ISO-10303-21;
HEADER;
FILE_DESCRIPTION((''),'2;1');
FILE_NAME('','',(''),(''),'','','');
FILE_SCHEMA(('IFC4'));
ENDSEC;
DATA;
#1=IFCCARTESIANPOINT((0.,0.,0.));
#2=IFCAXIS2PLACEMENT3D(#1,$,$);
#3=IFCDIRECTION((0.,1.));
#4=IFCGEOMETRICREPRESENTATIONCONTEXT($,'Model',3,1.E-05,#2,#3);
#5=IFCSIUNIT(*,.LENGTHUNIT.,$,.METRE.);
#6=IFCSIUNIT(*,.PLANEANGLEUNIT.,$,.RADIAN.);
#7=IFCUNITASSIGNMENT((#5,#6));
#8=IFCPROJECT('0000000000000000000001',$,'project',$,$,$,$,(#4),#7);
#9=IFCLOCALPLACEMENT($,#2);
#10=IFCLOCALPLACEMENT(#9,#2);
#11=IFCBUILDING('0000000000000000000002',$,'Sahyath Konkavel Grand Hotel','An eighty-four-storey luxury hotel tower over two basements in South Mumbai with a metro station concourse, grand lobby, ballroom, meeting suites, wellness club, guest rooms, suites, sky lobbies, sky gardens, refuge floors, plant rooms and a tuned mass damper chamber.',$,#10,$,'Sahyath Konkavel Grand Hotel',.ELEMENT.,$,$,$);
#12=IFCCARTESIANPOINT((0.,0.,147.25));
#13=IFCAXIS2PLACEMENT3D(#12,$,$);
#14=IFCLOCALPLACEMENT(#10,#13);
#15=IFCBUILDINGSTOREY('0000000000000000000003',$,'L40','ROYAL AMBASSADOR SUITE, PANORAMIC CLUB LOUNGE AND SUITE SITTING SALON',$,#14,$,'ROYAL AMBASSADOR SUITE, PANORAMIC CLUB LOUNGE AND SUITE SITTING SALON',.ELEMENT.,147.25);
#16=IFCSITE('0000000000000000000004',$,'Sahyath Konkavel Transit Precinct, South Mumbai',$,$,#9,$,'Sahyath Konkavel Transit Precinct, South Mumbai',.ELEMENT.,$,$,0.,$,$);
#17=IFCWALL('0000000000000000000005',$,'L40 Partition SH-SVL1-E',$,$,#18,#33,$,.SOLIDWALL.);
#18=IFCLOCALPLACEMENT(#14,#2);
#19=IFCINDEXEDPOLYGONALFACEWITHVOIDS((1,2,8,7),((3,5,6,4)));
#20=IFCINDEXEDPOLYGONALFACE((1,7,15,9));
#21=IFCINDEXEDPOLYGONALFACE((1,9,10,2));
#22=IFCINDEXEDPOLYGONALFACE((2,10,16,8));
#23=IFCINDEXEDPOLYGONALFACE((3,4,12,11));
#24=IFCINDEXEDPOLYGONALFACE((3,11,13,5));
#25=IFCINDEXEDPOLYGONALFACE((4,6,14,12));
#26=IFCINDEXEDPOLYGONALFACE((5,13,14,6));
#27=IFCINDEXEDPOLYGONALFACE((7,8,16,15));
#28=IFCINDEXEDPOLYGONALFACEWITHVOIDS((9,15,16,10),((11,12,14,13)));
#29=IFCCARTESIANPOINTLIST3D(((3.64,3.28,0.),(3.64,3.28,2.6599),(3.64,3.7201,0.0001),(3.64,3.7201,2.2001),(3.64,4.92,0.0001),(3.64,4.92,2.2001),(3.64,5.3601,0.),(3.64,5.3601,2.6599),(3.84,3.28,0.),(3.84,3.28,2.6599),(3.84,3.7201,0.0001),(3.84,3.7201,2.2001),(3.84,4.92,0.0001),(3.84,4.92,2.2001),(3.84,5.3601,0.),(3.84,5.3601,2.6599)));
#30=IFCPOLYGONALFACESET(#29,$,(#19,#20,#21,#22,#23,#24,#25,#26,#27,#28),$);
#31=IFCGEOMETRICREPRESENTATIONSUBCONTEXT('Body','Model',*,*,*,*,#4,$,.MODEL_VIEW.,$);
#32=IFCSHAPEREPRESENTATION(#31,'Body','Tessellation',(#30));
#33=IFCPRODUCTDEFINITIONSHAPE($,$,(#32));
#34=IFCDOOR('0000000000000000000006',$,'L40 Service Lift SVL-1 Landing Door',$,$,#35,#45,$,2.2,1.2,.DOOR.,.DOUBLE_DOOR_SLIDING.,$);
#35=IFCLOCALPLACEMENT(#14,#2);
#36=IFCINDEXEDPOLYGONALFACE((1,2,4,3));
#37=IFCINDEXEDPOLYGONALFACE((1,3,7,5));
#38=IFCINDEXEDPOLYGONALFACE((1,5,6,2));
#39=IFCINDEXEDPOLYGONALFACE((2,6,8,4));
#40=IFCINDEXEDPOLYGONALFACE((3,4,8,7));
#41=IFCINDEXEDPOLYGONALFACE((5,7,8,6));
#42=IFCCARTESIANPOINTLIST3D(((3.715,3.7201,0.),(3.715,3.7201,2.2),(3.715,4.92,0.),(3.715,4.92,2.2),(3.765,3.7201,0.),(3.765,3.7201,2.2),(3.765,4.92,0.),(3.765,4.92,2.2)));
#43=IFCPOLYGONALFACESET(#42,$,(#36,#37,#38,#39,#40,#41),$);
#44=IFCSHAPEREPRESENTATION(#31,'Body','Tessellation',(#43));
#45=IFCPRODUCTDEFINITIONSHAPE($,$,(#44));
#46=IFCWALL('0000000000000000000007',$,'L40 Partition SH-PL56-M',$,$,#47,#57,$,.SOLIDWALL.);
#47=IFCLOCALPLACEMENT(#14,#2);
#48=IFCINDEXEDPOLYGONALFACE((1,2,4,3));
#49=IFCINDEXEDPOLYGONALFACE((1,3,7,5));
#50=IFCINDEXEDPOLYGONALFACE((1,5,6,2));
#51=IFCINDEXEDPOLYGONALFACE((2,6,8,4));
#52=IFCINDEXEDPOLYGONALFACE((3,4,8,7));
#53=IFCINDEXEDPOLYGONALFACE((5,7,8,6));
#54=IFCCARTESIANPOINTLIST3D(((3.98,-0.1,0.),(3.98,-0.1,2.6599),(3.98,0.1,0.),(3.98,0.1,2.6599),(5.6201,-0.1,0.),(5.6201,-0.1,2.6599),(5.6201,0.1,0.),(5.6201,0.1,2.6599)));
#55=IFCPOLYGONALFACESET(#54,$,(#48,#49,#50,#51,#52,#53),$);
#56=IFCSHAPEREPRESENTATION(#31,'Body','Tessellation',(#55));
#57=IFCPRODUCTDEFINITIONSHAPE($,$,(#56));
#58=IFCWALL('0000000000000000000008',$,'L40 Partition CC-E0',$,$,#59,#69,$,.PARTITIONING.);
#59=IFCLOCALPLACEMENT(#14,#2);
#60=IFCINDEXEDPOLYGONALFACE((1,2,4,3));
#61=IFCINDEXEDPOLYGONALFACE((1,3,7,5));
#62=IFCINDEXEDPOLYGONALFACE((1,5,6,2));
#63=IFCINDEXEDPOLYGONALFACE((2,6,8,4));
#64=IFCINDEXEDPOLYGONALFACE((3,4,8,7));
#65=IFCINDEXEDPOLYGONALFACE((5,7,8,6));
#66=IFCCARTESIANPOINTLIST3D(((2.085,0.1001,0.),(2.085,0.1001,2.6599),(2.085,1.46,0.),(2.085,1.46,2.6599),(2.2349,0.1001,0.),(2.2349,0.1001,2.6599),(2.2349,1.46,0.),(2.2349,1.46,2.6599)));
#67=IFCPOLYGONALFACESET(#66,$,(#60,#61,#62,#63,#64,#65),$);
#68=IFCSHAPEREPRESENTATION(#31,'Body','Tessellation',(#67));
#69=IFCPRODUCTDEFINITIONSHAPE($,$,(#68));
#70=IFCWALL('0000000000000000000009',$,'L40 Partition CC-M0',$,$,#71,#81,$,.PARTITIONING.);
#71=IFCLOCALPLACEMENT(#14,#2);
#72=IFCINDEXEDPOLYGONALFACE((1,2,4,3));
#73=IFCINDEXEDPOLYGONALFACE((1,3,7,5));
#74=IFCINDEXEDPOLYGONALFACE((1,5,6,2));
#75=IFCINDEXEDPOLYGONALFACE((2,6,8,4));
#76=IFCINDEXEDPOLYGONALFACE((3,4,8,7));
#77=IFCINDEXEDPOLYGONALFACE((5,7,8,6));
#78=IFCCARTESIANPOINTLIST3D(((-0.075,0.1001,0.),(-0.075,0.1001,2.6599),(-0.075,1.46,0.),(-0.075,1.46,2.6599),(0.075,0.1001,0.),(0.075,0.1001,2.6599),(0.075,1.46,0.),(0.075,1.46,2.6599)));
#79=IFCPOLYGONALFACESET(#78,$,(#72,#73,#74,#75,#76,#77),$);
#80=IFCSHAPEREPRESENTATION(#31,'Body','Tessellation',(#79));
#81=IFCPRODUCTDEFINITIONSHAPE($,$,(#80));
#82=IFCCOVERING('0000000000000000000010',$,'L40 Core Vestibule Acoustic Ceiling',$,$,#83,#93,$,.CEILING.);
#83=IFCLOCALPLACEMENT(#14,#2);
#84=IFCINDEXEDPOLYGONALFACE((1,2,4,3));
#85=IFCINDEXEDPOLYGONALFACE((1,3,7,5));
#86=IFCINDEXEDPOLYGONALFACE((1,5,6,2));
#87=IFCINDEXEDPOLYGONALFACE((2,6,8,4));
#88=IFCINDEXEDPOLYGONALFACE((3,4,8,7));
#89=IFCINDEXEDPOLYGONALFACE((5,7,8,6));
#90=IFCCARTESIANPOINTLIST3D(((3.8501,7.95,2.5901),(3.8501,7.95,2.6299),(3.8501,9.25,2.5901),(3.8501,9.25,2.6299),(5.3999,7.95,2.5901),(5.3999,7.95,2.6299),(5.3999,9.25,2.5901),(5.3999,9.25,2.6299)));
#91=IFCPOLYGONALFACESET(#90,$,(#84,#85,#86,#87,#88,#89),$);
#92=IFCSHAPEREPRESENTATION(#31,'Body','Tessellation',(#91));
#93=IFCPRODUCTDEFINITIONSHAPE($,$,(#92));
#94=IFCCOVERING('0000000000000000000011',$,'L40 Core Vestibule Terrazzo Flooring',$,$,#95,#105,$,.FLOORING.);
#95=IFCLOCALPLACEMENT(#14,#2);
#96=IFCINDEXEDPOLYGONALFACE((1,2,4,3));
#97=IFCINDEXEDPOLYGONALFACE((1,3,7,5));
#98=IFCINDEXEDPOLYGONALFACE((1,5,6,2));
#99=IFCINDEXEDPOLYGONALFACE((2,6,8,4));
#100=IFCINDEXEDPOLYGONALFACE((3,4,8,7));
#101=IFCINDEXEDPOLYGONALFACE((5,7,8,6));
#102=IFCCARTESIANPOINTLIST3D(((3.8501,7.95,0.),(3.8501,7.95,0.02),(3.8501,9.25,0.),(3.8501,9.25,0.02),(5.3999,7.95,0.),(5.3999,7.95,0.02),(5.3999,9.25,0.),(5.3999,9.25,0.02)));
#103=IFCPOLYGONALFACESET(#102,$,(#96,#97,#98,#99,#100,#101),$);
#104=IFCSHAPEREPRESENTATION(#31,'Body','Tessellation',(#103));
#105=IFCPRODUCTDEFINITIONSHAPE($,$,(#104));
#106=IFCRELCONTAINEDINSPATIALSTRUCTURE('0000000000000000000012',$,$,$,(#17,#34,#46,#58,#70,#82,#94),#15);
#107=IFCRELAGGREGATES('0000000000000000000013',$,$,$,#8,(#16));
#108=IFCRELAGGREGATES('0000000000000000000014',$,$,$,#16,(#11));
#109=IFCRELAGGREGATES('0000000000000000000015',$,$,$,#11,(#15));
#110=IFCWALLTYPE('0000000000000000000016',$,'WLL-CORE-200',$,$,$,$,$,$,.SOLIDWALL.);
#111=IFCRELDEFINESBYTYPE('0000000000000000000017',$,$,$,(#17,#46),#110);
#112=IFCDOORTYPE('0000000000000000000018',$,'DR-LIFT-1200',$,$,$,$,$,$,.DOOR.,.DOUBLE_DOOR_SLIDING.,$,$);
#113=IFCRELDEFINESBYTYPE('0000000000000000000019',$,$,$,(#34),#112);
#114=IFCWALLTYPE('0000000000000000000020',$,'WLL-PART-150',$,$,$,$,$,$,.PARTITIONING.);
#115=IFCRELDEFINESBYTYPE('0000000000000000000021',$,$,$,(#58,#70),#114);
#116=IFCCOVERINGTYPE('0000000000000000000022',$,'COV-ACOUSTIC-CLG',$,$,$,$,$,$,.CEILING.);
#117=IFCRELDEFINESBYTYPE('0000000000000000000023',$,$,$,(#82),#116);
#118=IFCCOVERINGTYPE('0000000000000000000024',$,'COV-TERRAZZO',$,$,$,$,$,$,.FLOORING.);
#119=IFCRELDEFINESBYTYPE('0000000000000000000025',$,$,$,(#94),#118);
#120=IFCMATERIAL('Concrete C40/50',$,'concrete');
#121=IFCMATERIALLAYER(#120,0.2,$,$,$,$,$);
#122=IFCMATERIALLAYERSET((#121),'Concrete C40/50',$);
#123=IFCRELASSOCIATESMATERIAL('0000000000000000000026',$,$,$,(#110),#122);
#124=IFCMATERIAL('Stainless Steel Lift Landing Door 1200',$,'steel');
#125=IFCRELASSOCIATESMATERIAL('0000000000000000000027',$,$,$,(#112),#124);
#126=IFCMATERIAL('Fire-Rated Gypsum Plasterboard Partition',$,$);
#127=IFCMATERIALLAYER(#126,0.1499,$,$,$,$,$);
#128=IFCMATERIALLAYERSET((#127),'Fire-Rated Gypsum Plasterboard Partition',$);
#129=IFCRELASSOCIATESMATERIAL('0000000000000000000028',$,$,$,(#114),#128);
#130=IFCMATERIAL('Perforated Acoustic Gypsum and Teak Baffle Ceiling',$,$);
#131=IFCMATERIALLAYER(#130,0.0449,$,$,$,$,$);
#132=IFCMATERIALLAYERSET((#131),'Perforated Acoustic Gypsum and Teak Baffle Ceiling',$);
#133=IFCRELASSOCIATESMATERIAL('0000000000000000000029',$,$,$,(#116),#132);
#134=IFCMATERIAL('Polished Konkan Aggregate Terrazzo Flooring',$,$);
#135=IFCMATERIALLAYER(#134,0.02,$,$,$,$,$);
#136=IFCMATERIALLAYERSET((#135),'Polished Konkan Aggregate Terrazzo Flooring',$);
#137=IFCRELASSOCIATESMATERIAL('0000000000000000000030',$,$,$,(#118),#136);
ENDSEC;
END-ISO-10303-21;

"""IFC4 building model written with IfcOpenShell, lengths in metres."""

from ifc_helpers import new_model, si_unit, direction, frame, frame_2d, origin, origin_2d, place, context, subcontext, project, spatial, polyline, rectangle, outline, extrude, source, transform, mapped, material, layer, layer_set, type_object, element, fill, save


model = new_model("IFC4")

# Units and contexts
model_context = context("Model", 3, precision=1e-05, world=origin(), true_north=direction((0.0, 1.0)))
body_context = subcontext(model_context, "Body", "Model", "MODEL_VIEW")
ifc_project = project(units=[si_unit("LENGTHUNIT", "METRE"), si_unit("PLANEANGLEUNIT", "RADIAN")], contexts=[model_context])

# Site, building, storey
site_placement = place(None, origin())
site = spatial("IfcSite", under=ifc_project, at=site_placement, Name="Sahyath Konkavel Transit Precinct, South Mumbai", LongName="Sahyath Konkavel Transit Precinct, South Mumbai", CompositionType="ELEMENT", RefElevation=0.0)
building_placement = place(site_placement, origin())
building = spatial("IfcBuilding", under=site, at=building_placement, Name="Sahyath Konkavel Grand Hotel", Description="An eighty-four-storey luxury hotel tower over two basements in South Mumbai with a metro station concourse, grand lobby, ballroom, meeting suites, wellness club, guest rooms, suites, sky lobbies, sky gardens, refuge floors, plant rooms and a tuned mass damper chamber.", LongName="Sahyath Konkavel Grand Hotel", CompositionType="ELEMENT")
storey_placement = place(building_placement, frame((0.0, 0.0, 147.25)))
storey = spatial("IfcBuildingStorey", under=building, at=storey_placement, Name="L40", Description="ROYAL AMBASSADOR SUITE, PANORAMIC CLUB LOUNGE AND SUITE SITTING SALON", LongName="ROYAL AMBASSADOR SUITE, PANORAMIC CLUB LOUNGE AND SUITE SITTING SALON", CompositionType="ELEMENT", Elevation=147.25)

# Shared definitions
ifc_material_1 = material(Name="Concrete C40/50", Category="concrete")

# Shared definitions
ifc_layer_1 = layer(ifc_material_1, 0.2)
ifc_layer_set_1 = layer_set([ifc_layer_1], Name="Concrete C40/50")
wall_type_1 = type_object("IfcWallType", Name="WLL-CORE-200", PredefinedType="SOLIDWALL", material=ifc_layer_set_1)

# Wall, opening, door
wall_1_placement = place(storey_placement, frame((3.74, 3.28, 0.0), z_axis=(0.0, 0.0, 1.0), x_axis=(0.0, 1.0, 0.0)))
wall_1 = element("IfcWall", 1, at=wall_1_placement, inside=storey, type_object=wall_type_1, Name="L40 Partition SH-SVL1-E", PredefinedType="SOLIDWALL", context=body_context, shape_type="SweptSolid", body=[
    extrude(rectangle(XDim=2.0801, YDim=0.2, at=frame_2d((1.04, 0.0))), origin(), (0.0, 0.0, 1.0), 2.6599),
])
opening_1_placement = place(wall_1_placement, frame((0.4399, 0.0, 0.0)))
opening_1 = element("IfcOpeningElement", 2, at=opening_1_placement, cuts=wall_1, PredefinedType="OPENING", context=body_context, shape_type="SweptSolid", body=[
    extrude(rectangle(XDim=1.2, YDim=2.2, at=frame_2d((0.6001, 1.1001))), frame((0.0, 0.1099, 0.0), z_axis=(0.0, -1.0, 0.0), x_axis=(1.0, 0.0, 0.0)), (0.0, 0.0, 1.0), 0.22),
])
ifc_material_2 = material(Name="Stainless Steel Lift Landing Door 1200", Category="steel")
door_type_1 = type_object("IfcDoorType", Name="DR-LIFT-1200", OperationType="DOUBLE_DOOR_SLIDING", PredefinedType="DOOR", material=ifc_material_2)
shared_shape_1 = source(origin(), body_context, "Body", "SweptSolid", [
    extrude(rectangle(XDim=1.2, YDim=0.05, at=origin_2d()), origin(), (0.0, 0.0, 1.0), 2.2),
])
door_1_placement = place(opening_1_placement, frame((0.6001, 0.0, 0.0)))
door_1 = element("IfcDoor", 3, at=door_1_placement, inside=storey, type_object=door_type_1, Name="L40 Service Lift SVL-1 Landing Door", OperationType="DOUBLE_DOOR_SLIDING", OverallHeight=2.2, OverallWidth=1.2, PredefinedType="DOOR", context=body_context, shape_type="MappedRepresentation", body=[
    mapped(shared_shape_1, transform((0.0, 0.0, 0.0), scale=1.0)),
])
fill(opening_1, door_1)

# Wall
wall_2_placement = place(storey_placement, frame((3.98, 0.0, 0.0), z_axis=(0.0, 0.0, 1.0), x_axis=(1.0, 0.0, 0.0)))
element("IfcWall", 4, at=wall_2_placement, inside=storey, type_object=wall_type_1, Name="L40 Partition SH-PL56-M", PredefinedType="SOLIDWALL", context=body_context, shape_type="SweptSolid", body=[
    extrude(rectangle(XDim=1.6401, YDim=0.2, at=frame_2d((0.8201, 0.0))), origin(), (0.0, 0.0, 1.0), 2.6599),
])

# Walls
ifc_material_3 = material(Name="Fire-Rated Gypsum Plasterboard Partition")
ifc_layer_2 = layer(ifc_material_3, 0.1499)
ifc_layer_set_2 = layer_set([ifc_layer_2], Name="Fire-Rated Gypsum Plasterboard Partition")
wall_type_2 = type_object("IfcWallType", Name="WLL-PART-150", PredefinedType="PARTITIONING", material=ifc_layer_set_2)
for number, where, z_axis, x_axis, name in (
    (5, (2.1599, 0.1001, 0.0), (0.0, 0.0, 1.0), (0.0, 1.0, 0.0), "L40 Partition CC-E0"),
    (6, (0.0, 0.1001, 0.0), (0.0, 0.0, 1.0), (0.0, 1.0, 0.0), "L40 Partition CC-M0"),
):
    element("IfcWall", number, at=place(storey_placement, frame(where, z_axis=z_axis, x_axis=x_axis)), inside=storey, type_object=wall_type_2, Name=name, PredefinedType="PARTITIONING", context=body_context, shape_type="SweptSolid", body=[
        extrude(rectangle(XDim=1.3599, YDim=0.1499, at=frame_2d((0.6799, 0.0))), origin(), (0.0, 0.0, 1.0), 2.6599),
    ])

# Coverings
ifc_material_4 = material(Name="Perforated Acoustic Gypsum and Teak Baffle Ceiling")
ifc_layer_3 = layer(ifc_material_4, 0.0449)
ifc_layer_set_3 = layer_set([ifc_layer_3], Name="Perforated Acoustic Gypsum and Teak Baffle Ceiling")
covering_type_1 = type_object("IfcCoveringType", Name="COV-ACOUSTIC-CLG", PredefinedType="CEILING", material=ifc_layer_set_3)
covering_1_placement = place(storey_placement, frame((0.0, 0.0, 2.5901)))
element("IfcCovering", 7, at=covering_1_placement, inside=storey, type_object=covering_type_1, Name="L40 Core Vestibule Acoustic Ceiling", PredefinedType="CEILING", context=body_context, shape_type="SweptSolid", body=[
    extrude(outline(polyline([(3.8501, 7.95), (5.3999, 7.95), (5.3999, 9.25), (3.8501, 9.25), (3.8501, 7.95)])), origin(), (0.0, 0.0, 1.0), 0.0398),
])
ifc_material_5 = material(Name="Polished Konkan Aggregate Terrazzo Flooring")
ifc_layer_4 = layer(ifc_material_5, 0.02)
ifc_layer_set_4 = layer_set([ifc_layer_4], Name="Polished Konkan Aggregate Terrazzo Flooring")
covering_type_2 = type_object("IfcCoveringType", Name="COV-TERRAZZO", PredefinedType="FLOORING", material=ifc_layer_set_4)
covering_2_placement = place(storey_placement, origin())
element("IfcCovering", 8, at=covering_2_placement, inside=storey, type_object=covering_type_2, Name="L40 Core Vestibule Terrazzo Flooring", PredefinedType="FLOORING", context=body_context, shape_type="SweptSolid", body=[
    extrude(outline(polyline([(3.8501, 7.95), (5.3999, 7.95), (5.3999, 9.25), (3.8501, 9.25), (3.8501, 7.95)])), origin(), (0.0, 0.0, 1.0), 0.02),
])

save(model, "model.ifc")
